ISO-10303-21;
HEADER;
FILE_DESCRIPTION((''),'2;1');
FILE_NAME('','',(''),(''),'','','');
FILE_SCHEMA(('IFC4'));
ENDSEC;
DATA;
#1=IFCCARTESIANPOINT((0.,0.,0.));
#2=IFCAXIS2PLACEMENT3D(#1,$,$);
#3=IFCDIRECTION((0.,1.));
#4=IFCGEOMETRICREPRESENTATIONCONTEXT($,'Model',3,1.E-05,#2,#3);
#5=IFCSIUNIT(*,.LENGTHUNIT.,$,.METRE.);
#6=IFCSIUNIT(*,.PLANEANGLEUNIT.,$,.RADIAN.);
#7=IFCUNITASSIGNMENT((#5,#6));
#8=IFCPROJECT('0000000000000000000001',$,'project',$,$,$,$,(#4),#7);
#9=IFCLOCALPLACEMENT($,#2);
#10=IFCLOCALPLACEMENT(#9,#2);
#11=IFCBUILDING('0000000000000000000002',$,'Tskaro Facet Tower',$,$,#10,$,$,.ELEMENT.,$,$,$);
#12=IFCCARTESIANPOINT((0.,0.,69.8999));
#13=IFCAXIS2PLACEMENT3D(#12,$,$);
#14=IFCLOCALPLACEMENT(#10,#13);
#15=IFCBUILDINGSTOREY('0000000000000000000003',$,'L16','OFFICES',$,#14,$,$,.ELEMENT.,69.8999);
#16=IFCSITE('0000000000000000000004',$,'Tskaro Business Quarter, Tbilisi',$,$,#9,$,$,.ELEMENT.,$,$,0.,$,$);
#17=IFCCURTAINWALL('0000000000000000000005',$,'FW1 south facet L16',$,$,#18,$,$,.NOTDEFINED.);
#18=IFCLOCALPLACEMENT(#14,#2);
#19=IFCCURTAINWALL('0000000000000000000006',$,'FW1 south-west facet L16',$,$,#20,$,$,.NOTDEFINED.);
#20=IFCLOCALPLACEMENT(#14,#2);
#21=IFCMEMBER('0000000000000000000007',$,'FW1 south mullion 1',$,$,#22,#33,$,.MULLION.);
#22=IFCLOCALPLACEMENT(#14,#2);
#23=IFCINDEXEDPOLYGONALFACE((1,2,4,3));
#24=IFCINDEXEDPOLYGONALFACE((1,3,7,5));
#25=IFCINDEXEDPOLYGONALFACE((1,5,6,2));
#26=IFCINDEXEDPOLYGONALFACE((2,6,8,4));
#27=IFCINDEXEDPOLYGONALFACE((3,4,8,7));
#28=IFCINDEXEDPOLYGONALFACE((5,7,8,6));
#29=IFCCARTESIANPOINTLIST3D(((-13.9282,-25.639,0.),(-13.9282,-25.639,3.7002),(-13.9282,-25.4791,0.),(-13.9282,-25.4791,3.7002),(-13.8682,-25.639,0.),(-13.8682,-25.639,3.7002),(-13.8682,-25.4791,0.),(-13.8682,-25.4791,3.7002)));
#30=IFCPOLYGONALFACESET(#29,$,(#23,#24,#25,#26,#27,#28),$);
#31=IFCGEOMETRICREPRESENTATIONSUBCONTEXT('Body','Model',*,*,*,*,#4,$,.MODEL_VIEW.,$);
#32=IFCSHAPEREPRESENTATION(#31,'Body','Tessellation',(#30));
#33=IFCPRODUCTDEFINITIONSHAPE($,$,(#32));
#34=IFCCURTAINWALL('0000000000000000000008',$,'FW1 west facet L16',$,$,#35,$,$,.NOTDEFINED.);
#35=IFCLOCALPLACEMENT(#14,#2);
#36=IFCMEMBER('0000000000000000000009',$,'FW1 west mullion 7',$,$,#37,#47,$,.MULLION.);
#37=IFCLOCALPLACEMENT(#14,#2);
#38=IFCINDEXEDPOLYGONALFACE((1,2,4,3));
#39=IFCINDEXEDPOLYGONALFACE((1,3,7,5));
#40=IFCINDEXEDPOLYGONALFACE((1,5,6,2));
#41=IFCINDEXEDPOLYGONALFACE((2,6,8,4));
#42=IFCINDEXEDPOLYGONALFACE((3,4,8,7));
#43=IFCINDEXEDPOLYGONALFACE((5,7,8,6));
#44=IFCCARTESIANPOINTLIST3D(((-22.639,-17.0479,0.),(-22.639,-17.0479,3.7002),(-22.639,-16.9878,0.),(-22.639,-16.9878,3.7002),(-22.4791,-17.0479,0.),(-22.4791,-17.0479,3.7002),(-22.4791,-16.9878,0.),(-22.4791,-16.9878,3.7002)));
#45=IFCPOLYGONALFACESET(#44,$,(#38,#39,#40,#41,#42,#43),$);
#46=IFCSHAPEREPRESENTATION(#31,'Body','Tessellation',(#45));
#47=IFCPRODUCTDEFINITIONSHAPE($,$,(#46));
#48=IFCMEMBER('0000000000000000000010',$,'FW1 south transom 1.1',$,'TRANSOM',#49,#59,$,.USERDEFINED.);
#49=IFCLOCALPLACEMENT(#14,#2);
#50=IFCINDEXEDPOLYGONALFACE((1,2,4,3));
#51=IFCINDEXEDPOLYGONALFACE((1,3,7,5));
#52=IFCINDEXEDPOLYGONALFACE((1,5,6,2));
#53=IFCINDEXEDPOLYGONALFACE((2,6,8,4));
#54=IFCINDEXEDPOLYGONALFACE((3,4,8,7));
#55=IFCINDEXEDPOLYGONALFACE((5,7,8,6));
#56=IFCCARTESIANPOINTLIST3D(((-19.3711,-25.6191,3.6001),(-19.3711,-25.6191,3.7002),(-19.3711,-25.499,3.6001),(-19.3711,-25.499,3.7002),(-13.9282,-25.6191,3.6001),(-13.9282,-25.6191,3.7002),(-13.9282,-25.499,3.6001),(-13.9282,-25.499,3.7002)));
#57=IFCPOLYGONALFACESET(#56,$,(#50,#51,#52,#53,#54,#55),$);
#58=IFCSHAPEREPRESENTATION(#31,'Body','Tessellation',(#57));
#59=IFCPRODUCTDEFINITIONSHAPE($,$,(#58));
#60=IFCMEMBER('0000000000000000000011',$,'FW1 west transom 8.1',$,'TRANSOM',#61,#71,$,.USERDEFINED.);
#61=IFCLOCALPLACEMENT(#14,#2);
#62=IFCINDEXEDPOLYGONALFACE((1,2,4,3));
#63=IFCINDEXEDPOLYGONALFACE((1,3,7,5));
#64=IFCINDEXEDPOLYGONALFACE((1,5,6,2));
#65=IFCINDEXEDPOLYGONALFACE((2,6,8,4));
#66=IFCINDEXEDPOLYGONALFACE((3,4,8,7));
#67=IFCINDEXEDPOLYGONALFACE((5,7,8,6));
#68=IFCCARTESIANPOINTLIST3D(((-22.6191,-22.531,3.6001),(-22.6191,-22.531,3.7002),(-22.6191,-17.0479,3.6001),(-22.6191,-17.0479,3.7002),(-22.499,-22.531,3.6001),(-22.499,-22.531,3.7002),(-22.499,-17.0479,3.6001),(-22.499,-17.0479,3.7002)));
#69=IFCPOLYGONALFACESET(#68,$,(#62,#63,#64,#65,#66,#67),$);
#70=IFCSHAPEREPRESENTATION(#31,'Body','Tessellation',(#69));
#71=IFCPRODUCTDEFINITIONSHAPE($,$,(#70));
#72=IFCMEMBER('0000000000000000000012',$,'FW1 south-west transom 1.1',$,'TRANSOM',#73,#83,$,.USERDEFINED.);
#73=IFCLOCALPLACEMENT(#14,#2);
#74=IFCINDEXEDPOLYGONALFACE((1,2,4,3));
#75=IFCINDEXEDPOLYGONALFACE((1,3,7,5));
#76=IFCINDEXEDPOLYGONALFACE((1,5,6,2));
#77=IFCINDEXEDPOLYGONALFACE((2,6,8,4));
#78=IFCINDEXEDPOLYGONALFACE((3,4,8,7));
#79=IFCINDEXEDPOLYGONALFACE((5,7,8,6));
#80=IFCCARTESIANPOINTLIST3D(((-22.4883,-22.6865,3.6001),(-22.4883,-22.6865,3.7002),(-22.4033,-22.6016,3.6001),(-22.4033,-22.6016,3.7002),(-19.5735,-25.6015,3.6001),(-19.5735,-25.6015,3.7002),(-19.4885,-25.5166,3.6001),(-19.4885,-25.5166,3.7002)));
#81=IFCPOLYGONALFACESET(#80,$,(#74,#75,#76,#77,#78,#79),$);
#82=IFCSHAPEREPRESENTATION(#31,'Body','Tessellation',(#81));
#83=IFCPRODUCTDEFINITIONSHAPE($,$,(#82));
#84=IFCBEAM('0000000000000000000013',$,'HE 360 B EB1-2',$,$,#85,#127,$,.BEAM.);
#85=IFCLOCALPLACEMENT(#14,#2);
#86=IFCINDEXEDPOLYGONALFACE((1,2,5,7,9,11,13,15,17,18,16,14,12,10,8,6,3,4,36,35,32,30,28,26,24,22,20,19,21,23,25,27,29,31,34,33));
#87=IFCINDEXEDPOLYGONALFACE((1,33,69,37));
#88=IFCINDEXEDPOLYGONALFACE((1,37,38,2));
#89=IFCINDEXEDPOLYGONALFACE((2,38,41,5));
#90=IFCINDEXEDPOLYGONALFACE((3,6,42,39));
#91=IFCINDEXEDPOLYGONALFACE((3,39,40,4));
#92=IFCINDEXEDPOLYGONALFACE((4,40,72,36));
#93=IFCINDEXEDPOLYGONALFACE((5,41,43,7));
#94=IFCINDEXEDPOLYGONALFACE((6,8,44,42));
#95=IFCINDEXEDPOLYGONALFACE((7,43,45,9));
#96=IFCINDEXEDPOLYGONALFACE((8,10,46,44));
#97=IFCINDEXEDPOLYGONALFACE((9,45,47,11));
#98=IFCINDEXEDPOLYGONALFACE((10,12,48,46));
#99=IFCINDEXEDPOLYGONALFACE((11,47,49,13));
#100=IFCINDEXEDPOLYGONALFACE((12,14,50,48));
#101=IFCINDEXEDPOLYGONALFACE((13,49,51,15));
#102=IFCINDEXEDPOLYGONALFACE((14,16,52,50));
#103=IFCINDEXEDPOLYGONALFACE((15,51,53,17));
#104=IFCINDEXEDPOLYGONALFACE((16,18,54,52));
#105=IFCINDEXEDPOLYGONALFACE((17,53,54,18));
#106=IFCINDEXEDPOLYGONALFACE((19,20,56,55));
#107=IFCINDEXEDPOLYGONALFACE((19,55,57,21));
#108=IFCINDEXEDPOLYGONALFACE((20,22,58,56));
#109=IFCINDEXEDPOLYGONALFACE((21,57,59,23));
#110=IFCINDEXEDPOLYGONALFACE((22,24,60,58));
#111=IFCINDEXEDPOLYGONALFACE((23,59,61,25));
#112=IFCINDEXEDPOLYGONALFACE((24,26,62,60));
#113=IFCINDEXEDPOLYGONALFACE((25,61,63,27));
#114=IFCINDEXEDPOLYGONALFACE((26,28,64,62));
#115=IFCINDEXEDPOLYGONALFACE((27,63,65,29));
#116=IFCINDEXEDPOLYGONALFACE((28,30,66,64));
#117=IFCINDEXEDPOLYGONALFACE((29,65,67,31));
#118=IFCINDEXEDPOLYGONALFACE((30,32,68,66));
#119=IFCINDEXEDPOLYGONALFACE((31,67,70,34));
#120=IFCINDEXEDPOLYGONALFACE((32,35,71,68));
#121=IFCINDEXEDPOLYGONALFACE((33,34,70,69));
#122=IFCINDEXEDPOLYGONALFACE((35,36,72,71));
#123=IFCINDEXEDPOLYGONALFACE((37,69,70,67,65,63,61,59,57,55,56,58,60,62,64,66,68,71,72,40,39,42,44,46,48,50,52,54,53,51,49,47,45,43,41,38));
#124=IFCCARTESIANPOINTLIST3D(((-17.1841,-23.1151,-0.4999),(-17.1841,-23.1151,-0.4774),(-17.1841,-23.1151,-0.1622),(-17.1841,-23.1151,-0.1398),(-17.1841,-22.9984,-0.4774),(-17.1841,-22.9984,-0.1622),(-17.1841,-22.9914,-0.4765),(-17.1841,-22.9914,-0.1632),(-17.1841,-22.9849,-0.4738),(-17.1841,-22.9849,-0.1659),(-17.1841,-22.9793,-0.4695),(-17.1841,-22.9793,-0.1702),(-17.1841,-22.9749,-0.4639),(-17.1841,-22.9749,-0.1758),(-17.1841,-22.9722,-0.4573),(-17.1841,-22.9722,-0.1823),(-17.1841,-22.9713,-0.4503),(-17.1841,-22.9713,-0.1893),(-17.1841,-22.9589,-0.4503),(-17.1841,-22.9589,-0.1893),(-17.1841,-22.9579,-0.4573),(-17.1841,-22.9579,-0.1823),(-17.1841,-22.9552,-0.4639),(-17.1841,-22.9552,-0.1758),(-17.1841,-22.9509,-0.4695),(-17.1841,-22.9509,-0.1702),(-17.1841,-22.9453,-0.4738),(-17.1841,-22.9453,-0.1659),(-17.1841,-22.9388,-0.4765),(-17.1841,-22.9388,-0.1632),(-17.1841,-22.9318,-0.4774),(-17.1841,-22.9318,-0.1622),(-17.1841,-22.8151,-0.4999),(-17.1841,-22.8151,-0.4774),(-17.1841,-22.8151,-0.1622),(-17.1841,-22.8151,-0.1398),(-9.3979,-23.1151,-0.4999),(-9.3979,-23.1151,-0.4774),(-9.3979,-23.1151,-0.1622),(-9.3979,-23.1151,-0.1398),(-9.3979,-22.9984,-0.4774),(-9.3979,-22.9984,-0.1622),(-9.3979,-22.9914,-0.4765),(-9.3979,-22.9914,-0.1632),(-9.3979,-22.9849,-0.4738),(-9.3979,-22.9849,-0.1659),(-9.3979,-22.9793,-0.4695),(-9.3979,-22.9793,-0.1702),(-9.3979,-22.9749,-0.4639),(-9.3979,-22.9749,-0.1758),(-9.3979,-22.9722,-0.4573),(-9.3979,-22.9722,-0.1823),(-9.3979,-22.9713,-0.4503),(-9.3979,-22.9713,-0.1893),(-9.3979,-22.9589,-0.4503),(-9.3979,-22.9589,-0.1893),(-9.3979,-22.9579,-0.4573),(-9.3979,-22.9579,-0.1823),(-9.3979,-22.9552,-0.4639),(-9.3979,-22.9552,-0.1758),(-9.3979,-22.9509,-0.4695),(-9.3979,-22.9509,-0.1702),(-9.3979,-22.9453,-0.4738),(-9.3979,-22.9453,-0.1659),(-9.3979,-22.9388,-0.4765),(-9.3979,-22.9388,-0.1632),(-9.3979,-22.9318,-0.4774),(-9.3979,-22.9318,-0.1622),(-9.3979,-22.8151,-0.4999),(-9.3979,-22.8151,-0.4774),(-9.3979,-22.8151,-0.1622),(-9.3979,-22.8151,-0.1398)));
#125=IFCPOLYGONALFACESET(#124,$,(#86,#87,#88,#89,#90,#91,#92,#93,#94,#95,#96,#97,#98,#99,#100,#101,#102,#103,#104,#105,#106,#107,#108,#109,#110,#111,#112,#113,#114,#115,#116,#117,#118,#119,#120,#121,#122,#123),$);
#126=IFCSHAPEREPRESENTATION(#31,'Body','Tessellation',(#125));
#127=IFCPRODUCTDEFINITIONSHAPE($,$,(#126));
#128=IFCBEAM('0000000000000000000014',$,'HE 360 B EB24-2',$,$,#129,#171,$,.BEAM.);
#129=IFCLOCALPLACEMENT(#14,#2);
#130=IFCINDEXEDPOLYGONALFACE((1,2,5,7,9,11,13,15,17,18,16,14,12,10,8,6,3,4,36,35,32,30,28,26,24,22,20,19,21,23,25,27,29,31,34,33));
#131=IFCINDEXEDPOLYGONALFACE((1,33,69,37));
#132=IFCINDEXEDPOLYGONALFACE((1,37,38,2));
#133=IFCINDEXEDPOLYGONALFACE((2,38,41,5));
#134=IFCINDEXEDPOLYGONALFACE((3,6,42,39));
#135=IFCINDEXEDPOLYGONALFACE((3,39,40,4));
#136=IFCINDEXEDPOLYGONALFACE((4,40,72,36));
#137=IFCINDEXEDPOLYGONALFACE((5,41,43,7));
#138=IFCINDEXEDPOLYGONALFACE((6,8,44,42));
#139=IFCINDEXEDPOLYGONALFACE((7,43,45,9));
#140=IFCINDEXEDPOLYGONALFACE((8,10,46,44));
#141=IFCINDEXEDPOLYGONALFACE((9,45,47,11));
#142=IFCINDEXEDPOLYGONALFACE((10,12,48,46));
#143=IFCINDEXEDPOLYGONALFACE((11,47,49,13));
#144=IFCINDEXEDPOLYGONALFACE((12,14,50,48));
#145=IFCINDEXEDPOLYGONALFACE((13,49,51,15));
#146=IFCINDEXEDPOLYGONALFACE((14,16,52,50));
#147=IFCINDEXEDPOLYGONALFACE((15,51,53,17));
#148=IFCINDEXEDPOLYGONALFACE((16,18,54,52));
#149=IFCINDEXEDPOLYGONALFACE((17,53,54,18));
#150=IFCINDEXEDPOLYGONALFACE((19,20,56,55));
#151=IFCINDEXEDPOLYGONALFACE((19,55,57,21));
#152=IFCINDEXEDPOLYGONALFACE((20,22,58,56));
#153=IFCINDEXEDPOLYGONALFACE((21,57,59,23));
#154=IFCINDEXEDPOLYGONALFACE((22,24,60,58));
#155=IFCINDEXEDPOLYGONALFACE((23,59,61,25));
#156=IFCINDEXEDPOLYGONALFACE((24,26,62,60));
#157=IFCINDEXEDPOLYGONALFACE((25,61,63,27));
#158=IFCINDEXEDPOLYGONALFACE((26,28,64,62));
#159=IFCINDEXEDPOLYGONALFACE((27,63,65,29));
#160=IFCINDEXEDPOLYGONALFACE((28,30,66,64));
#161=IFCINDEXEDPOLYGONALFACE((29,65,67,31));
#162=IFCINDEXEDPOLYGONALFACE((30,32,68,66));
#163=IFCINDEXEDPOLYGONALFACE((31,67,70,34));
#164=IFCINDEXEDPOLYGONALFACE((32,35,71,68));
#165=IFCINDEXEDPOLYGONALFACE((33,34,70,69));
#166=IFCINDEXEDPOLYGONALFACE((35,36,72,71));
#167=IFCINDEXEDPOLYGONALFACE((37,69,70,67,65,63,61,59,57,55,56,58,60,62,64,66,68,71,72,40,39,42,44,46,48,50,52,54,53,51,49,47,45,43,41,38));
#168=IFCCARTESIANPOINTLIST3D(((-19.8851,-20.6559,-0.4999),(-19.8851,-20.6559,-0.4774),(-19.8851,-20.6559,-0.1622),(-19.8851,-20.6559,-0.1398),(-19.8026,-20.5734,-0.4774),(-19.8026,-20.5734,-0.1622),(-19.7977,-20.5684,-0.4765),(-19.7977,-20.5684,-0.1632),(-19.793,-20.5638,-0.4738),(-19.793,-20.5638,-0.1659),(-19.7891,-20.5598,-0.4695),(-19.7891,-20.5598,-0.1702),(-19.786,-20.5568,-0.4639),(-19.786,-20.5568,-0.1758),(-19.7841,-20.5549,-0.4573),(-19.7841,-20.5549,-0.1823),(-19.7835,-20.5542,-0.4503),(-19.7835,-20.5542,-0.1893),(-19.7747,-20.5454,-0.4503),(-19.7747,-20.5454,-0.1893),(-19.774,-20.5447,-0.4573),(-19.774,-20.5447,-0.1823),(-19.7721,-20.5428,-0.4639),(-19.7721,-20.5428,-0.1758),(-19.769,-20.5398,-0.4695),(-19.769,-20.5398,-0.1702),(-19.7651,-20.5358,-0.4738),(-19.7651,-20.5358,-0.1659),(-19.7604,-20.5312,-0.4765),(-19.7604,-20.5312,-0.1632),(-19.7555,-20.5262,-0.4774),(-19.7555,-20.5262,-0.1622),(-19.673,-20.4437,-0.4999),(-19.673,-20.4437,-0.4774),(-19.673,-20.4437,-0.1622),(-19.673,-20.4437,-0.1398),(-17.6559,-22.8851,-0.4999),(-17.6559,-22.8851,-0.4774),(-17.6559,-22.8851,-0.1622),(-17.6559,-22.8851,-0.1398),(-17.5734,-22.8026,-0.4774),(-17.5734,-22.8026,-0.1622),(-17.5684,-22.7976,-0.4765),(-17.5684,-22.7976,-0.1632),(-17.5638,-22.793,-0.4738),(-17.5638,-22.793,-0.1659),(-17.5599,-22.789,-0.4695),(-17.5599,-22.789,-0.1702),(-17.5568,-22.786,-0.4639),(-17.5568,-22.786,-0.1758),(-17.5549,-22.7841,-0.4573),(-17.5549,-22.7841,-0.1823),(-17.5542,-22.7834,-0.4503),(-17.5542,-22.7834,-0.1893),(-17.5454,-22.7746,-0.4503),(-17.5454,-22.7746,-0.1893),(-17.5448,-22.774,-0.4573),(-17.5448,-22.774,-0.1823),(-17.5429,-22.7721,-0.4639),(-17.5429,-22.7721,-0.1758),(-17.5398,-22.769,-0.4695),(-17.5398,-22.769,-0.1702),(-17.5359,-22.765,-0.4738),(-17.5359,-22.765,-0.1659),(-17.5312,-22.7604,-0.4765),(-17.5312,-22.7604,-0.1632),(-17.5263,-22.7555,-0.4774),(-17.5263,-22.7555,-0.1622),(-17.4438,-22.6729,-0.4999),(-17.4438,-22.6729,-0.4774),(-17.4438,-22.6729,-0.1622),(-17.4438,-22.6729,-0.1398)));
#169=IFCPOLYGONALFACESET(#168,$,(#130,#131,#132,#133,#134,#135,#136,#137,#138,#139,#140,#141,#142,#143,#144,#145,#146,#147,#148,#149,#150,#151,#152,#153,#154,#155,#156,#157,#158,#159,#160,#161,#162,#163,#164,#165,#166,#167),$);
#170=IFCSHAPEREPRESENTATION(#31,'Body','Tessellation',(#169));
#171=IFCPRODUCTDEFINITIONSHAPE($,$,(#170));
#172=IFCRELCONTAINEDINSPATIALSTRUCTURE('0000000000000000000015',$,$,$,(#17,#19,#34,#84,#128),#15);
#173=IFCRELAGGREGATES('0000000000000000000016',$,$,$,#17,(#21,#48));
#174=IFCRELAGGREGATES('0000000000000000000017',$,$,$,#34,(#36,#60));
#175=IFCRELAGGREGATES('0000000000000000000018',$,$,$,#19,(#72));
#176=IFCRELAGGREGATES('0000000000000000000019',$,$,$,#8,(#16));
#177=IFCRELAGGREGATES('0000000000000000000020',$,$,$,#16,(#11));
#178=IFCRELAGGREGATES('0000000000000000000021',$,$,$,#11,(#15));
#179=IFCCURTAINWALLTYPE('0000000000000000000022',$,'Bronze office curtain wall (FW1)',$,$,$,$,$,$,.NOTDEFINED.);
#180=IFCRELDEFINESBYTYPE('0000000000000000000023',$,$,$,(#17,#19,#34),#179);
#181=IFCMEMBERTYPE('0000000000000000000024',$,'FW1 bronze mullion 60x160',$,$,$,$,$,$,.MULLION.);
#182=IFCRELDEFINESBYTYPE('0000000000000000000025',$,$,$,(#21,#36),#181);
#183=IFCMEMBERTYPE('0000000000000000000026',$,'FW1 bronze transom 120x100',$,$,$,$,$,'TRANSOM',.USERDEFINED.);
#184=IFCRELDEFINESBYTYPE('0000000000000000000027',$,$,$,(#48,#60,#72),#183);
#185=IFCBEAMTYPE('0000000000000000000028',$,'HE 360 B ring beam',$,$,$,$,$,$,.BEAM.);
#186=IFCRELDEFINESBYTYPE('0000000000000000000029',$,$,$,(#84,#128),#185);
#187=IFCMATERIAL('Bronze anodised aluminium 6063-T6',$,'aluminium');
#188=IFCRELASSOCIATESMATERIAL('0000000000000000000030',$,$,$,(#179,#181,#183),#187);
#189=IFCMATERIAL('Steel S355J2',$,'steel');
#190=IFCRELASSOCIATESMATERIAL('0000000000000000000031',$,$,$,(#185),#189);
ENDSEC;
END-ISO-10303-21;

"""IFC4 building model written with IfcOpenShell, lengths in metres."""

from ifc_helpers import new_model, si_unit, direction, frame, origin, origin_2d, place, context, subcontext, project, spatial, rectangle, i_section, extrude, material, material_profile, profile_set, type_object, element, aggregate, save


model = new_model("IFC4")

# Units and contexts
model_context = context("Model", 3, precision=1e-05, world=origin(), true_north=direction((0.0, 1.0)))
body_context = subcontext(model_context, "Body", "Model", "MODEL_VIEW")
ifc_project = project(units=[si_unit("LENGTHUNIT", "METRE"), si_unit("PLANEANGLEUNIT", "RADIAN")], contexts=[model_context])

# Site, building, storey
site_placement = place(None, origin())
site = spatial("IfcSite", under=ifc_project, at=site_placement, Name="Tskaro Business Quarter, Tbilisi", CompositionType="ELEMENT", RefElevation=0.0)
building_placement = place(site_placement, origin())
building = spatial("IfcBuilding", under=site, at=building_placement, Name="Tskaro Facet Tower", CompositionType="ELEMENT")
storey_placement = place(building_placement, frame((0.0, 0.0, 69.8999)))
storey = spatial("IfcBuildingStorey", under=building, at=storey_placement, Name="L16", Description="OFFICES", CompositionType="ELEMENT", Elevation=69.8999)

# Curtain walls
ifc_material_1 = material(Name="Bronze anodised aluminium 6063-T6", Category="aluminium")
curtain_wall_type = type_object("IfcCurtainWallType", Name="Bronze office curtain wall (FW1)", PredefinedType="NOTDEFINED", material=ifc_material_1)
curtain_wall_1_placement = place(storey_placement, origin())
curtain_wall_1 = element("IfcCurtainWall", 1, at=curtain_wall_1_placement, inside=storey, type_object=curtain_wall_type, Name="FW1 south facet L16", PredefinedType="NOTDEFINED")
curtain_wall_2_placement = place(storey_placement, origin())
curtain_wall_2 = element("IfcCurtainWall", 2, at=curtain_wall_2_placement, inside=storey, type_object=curtain_wall_type, Name="FW1 south-west facet L16", PredefinedType="NOTDEFINED")

# Member
ifc_material_profile_1 = material_profile(ifc_material_1, rectangle(XDim=0.0601, YDim=0.1599, at=origin_2d()), Name="Mullion 60x160")
ifc_profile_set_1 = profile_set([ifc_material_profile_1], Name="Bronze anodised aluminium 6063-T6")
member_type_1 = type_object("IfcMemberType", Name="FW1 bronze mullion 60x160", PredefinedType="MULLION", material=ifc_profile_set_1)
member_1_placement = place(storey_placement, frame((-13.8982, -25.5591, 0.0), z_axis=(0.0, 0.0, 1.0), x_axis=(1.0, 0.0, 0.0)))
member_1 = element("IfcMember", 3, at=member_1_placement, type_object=member_type_1, Name="FW1 south mullion 1", PredefinedType="MULLION", context=body_context, shape_type="SweptSolid", body=[
    extrude(rectangle(XDim=0.0601, YDim=0.1599, at=origin_2d()), origin(), (0.0, 0.0, 1.0), 3.7002),
])

# Curtain wall, member
curtain_wall_3_placement = place(storey_placement, origin())
curtain_wall_3 = element("IfcCurtainWall", 4, at=curtain_wall_3_placement, inside=storey, type_object=curtain_wall_type, Name="FW1 west facet L16", PredefinedType="NOTDEFINED")
member_2_placement = place(storey_placement, frame((-22.5591, -17.0178, 0.0), z_axis=(0.0, 0.0, 1.0), x_axis=(0.0, -1.0, 0.0)))
member_2 = element("IfcMember", 5, at=member_2_placement, type_object=member_type_1, Name="FW1 west mullion 7", PredefinedType="MULLION", context=body_context, shape_type="SweptSolid", body=[
    extrude(rectangle(XDim=0.0601, YDim=0.1599, at=origin_2d()), origin(), (0.0, 0.0, 1.0), 3.7002),
])

# Members
ifc_material_profile_2 = material_profile(ifc_material_1, rectangle(XDim=0.1201, YDim=0.1001, at=origin_2d()), Name="Transom 120x100")
ifc_profile_set_2 = profile_set([ifc_material_profile_2], Name="Bronze anodised aluminium 6063-T6")
member_type_2 = type_object("IfcMemberType", Name="FW1 bronze transom 120x100", ElementType="TRANSOM", PredefinedType="USERDEFINED", material=ifc_profile_set_2)
member_3_placement = place(storey_placement, frame((-19.3711, -25.5591, 3.6501), z_axis=(1.0, 0.0, 0.0), x_axis=(0.0, 1.0, 0.0)))
member_3 = element("IfcMember", 6, at=member_3_placement, type_object=member_type_2, Name="FW1 south transom 1.1", ObjectType="TRANSOM", PredefinedType="USERDEFINED", context=body_context, shape_type="SweptSolid", body=[
    extrude(rectangle(XDim=0.1201, YDim=0.1001, at=origin_2d()), origin(), (0.0, 0.0, 1.0), 5.4429),
])
member_4_placement = place(storey_placement, frame((-22.5591, -17.0479, 3.6501), z_axis=(0.0, -1.0, 0.0), x_axis=(1.0, 0.0, 0.0)))
member_4 = element("IfcMember", 7, at=member_4_placement, type_object=member_type_2, Name="FW1 west transom 8.1", ObjectType="TRANSOM", PredefinedType="USERDEFINED", context=body_context, shape_type="SweptSolid", body=[
    extrude(rectangle(XDim=0.1201, YDim=0.1001, at=origin_2d()), origin(), (0.0, 0.0, 1.0), 5.4832),
])
member_5_placement = place(storey_placement, frame((-22.4458, -22.644, 3.6501), z_axis=(0.707077, -0.707136, 0.0), x_axis=(0.707136, 0.707077, 0.0)))
member_5 = element("IfcMember", 8, at=member_5_placement, type_object=member_type_2, Name="FW1 south-west transom 1.1", ObjectType="TRANSOM", PredefinedType="USERDEFINED", context=body_context, shape_type="SweptSolid", body=[
    extrude(rectangle(XDim=0.1201, YDim=0.1001, at=origin_2d()), origin(), (0.0, 0.0, 1.0), 4.1223),
])

# Beams
ifc_material_2 = material(Name="Steel S355J2", Category="steel")
ifc_material_profile_3 = material_profile(ifc_material_2, i_section(OverallWidth=0.3, OverallDepth=0.3601, WebThickness=0.0125, FlangeThickness=0.0225, FilletRadius=0.0271, at=origin_2d()), Name="HE 360 B")
ifc_profile_set_3 = profile_set([ifc_material_profile_3], Name="Steel S355J2")
beam_type_1 = type_object("IfcBeamType", Name="HE 360 B ring beam", PredefinedType="BEAM", material=ifc_profile_set_3)
beam_1_placement = place(storey_placement, frame((-17.1841, -22.9651, -0.3198), z_axis=(1.0, 0.0, 0.0), x_axis=(0.0, 1.0, 0.0)))
element("IfcBeam", 9, at=beam_1_placement, inside=storey, type_object=beam_type_1, Name="HE 360 B EB1-2", PredefinedType="BEAM", context=body_context, shape_type="SweptSolid", body=[
    extrude(i_section(OverallWidth=0.3, OverallDepth=0.3601, WebThickness=0.0125, FlangeThickness=0.0225, FilletRadius=0.0271, at=origin_2d()), origin(), (0.0, 0.0, 1.0), 7.7861),
])
beam_2_placement = place(storey_placement, frame((-19.7791, -20.5498, -0.3198), z_axis=(0.707107, -0.707107, 0.0), x_axis=(0.707107, 0.707107, 0.0)))
element("IfcBeam", 10, at=beam_2_placement, inside=storey, type_object=beam_type_1, Name="HE 360 B EB24-2", PredefinedType="BEAM", context=body_context, shape_type="SweptSolid", body=[
    extrude(i_section(OverallWidth=0.3, OverallDepth=0.3601, WebThickness=0.0125, FlangeThickness=0.0225, FilletRadius=0.0271, at=origin_2d()), origin(), (0.0, 0.0, 1.0), 3.1526),
])

aggregate(curtain_wall_1, [member_1, member_3])
aggregate(curtain_wall_3, [member_2, member_4])
aggregate(curtain_wall_2, [member_5])

save(model, "model.ifc")
